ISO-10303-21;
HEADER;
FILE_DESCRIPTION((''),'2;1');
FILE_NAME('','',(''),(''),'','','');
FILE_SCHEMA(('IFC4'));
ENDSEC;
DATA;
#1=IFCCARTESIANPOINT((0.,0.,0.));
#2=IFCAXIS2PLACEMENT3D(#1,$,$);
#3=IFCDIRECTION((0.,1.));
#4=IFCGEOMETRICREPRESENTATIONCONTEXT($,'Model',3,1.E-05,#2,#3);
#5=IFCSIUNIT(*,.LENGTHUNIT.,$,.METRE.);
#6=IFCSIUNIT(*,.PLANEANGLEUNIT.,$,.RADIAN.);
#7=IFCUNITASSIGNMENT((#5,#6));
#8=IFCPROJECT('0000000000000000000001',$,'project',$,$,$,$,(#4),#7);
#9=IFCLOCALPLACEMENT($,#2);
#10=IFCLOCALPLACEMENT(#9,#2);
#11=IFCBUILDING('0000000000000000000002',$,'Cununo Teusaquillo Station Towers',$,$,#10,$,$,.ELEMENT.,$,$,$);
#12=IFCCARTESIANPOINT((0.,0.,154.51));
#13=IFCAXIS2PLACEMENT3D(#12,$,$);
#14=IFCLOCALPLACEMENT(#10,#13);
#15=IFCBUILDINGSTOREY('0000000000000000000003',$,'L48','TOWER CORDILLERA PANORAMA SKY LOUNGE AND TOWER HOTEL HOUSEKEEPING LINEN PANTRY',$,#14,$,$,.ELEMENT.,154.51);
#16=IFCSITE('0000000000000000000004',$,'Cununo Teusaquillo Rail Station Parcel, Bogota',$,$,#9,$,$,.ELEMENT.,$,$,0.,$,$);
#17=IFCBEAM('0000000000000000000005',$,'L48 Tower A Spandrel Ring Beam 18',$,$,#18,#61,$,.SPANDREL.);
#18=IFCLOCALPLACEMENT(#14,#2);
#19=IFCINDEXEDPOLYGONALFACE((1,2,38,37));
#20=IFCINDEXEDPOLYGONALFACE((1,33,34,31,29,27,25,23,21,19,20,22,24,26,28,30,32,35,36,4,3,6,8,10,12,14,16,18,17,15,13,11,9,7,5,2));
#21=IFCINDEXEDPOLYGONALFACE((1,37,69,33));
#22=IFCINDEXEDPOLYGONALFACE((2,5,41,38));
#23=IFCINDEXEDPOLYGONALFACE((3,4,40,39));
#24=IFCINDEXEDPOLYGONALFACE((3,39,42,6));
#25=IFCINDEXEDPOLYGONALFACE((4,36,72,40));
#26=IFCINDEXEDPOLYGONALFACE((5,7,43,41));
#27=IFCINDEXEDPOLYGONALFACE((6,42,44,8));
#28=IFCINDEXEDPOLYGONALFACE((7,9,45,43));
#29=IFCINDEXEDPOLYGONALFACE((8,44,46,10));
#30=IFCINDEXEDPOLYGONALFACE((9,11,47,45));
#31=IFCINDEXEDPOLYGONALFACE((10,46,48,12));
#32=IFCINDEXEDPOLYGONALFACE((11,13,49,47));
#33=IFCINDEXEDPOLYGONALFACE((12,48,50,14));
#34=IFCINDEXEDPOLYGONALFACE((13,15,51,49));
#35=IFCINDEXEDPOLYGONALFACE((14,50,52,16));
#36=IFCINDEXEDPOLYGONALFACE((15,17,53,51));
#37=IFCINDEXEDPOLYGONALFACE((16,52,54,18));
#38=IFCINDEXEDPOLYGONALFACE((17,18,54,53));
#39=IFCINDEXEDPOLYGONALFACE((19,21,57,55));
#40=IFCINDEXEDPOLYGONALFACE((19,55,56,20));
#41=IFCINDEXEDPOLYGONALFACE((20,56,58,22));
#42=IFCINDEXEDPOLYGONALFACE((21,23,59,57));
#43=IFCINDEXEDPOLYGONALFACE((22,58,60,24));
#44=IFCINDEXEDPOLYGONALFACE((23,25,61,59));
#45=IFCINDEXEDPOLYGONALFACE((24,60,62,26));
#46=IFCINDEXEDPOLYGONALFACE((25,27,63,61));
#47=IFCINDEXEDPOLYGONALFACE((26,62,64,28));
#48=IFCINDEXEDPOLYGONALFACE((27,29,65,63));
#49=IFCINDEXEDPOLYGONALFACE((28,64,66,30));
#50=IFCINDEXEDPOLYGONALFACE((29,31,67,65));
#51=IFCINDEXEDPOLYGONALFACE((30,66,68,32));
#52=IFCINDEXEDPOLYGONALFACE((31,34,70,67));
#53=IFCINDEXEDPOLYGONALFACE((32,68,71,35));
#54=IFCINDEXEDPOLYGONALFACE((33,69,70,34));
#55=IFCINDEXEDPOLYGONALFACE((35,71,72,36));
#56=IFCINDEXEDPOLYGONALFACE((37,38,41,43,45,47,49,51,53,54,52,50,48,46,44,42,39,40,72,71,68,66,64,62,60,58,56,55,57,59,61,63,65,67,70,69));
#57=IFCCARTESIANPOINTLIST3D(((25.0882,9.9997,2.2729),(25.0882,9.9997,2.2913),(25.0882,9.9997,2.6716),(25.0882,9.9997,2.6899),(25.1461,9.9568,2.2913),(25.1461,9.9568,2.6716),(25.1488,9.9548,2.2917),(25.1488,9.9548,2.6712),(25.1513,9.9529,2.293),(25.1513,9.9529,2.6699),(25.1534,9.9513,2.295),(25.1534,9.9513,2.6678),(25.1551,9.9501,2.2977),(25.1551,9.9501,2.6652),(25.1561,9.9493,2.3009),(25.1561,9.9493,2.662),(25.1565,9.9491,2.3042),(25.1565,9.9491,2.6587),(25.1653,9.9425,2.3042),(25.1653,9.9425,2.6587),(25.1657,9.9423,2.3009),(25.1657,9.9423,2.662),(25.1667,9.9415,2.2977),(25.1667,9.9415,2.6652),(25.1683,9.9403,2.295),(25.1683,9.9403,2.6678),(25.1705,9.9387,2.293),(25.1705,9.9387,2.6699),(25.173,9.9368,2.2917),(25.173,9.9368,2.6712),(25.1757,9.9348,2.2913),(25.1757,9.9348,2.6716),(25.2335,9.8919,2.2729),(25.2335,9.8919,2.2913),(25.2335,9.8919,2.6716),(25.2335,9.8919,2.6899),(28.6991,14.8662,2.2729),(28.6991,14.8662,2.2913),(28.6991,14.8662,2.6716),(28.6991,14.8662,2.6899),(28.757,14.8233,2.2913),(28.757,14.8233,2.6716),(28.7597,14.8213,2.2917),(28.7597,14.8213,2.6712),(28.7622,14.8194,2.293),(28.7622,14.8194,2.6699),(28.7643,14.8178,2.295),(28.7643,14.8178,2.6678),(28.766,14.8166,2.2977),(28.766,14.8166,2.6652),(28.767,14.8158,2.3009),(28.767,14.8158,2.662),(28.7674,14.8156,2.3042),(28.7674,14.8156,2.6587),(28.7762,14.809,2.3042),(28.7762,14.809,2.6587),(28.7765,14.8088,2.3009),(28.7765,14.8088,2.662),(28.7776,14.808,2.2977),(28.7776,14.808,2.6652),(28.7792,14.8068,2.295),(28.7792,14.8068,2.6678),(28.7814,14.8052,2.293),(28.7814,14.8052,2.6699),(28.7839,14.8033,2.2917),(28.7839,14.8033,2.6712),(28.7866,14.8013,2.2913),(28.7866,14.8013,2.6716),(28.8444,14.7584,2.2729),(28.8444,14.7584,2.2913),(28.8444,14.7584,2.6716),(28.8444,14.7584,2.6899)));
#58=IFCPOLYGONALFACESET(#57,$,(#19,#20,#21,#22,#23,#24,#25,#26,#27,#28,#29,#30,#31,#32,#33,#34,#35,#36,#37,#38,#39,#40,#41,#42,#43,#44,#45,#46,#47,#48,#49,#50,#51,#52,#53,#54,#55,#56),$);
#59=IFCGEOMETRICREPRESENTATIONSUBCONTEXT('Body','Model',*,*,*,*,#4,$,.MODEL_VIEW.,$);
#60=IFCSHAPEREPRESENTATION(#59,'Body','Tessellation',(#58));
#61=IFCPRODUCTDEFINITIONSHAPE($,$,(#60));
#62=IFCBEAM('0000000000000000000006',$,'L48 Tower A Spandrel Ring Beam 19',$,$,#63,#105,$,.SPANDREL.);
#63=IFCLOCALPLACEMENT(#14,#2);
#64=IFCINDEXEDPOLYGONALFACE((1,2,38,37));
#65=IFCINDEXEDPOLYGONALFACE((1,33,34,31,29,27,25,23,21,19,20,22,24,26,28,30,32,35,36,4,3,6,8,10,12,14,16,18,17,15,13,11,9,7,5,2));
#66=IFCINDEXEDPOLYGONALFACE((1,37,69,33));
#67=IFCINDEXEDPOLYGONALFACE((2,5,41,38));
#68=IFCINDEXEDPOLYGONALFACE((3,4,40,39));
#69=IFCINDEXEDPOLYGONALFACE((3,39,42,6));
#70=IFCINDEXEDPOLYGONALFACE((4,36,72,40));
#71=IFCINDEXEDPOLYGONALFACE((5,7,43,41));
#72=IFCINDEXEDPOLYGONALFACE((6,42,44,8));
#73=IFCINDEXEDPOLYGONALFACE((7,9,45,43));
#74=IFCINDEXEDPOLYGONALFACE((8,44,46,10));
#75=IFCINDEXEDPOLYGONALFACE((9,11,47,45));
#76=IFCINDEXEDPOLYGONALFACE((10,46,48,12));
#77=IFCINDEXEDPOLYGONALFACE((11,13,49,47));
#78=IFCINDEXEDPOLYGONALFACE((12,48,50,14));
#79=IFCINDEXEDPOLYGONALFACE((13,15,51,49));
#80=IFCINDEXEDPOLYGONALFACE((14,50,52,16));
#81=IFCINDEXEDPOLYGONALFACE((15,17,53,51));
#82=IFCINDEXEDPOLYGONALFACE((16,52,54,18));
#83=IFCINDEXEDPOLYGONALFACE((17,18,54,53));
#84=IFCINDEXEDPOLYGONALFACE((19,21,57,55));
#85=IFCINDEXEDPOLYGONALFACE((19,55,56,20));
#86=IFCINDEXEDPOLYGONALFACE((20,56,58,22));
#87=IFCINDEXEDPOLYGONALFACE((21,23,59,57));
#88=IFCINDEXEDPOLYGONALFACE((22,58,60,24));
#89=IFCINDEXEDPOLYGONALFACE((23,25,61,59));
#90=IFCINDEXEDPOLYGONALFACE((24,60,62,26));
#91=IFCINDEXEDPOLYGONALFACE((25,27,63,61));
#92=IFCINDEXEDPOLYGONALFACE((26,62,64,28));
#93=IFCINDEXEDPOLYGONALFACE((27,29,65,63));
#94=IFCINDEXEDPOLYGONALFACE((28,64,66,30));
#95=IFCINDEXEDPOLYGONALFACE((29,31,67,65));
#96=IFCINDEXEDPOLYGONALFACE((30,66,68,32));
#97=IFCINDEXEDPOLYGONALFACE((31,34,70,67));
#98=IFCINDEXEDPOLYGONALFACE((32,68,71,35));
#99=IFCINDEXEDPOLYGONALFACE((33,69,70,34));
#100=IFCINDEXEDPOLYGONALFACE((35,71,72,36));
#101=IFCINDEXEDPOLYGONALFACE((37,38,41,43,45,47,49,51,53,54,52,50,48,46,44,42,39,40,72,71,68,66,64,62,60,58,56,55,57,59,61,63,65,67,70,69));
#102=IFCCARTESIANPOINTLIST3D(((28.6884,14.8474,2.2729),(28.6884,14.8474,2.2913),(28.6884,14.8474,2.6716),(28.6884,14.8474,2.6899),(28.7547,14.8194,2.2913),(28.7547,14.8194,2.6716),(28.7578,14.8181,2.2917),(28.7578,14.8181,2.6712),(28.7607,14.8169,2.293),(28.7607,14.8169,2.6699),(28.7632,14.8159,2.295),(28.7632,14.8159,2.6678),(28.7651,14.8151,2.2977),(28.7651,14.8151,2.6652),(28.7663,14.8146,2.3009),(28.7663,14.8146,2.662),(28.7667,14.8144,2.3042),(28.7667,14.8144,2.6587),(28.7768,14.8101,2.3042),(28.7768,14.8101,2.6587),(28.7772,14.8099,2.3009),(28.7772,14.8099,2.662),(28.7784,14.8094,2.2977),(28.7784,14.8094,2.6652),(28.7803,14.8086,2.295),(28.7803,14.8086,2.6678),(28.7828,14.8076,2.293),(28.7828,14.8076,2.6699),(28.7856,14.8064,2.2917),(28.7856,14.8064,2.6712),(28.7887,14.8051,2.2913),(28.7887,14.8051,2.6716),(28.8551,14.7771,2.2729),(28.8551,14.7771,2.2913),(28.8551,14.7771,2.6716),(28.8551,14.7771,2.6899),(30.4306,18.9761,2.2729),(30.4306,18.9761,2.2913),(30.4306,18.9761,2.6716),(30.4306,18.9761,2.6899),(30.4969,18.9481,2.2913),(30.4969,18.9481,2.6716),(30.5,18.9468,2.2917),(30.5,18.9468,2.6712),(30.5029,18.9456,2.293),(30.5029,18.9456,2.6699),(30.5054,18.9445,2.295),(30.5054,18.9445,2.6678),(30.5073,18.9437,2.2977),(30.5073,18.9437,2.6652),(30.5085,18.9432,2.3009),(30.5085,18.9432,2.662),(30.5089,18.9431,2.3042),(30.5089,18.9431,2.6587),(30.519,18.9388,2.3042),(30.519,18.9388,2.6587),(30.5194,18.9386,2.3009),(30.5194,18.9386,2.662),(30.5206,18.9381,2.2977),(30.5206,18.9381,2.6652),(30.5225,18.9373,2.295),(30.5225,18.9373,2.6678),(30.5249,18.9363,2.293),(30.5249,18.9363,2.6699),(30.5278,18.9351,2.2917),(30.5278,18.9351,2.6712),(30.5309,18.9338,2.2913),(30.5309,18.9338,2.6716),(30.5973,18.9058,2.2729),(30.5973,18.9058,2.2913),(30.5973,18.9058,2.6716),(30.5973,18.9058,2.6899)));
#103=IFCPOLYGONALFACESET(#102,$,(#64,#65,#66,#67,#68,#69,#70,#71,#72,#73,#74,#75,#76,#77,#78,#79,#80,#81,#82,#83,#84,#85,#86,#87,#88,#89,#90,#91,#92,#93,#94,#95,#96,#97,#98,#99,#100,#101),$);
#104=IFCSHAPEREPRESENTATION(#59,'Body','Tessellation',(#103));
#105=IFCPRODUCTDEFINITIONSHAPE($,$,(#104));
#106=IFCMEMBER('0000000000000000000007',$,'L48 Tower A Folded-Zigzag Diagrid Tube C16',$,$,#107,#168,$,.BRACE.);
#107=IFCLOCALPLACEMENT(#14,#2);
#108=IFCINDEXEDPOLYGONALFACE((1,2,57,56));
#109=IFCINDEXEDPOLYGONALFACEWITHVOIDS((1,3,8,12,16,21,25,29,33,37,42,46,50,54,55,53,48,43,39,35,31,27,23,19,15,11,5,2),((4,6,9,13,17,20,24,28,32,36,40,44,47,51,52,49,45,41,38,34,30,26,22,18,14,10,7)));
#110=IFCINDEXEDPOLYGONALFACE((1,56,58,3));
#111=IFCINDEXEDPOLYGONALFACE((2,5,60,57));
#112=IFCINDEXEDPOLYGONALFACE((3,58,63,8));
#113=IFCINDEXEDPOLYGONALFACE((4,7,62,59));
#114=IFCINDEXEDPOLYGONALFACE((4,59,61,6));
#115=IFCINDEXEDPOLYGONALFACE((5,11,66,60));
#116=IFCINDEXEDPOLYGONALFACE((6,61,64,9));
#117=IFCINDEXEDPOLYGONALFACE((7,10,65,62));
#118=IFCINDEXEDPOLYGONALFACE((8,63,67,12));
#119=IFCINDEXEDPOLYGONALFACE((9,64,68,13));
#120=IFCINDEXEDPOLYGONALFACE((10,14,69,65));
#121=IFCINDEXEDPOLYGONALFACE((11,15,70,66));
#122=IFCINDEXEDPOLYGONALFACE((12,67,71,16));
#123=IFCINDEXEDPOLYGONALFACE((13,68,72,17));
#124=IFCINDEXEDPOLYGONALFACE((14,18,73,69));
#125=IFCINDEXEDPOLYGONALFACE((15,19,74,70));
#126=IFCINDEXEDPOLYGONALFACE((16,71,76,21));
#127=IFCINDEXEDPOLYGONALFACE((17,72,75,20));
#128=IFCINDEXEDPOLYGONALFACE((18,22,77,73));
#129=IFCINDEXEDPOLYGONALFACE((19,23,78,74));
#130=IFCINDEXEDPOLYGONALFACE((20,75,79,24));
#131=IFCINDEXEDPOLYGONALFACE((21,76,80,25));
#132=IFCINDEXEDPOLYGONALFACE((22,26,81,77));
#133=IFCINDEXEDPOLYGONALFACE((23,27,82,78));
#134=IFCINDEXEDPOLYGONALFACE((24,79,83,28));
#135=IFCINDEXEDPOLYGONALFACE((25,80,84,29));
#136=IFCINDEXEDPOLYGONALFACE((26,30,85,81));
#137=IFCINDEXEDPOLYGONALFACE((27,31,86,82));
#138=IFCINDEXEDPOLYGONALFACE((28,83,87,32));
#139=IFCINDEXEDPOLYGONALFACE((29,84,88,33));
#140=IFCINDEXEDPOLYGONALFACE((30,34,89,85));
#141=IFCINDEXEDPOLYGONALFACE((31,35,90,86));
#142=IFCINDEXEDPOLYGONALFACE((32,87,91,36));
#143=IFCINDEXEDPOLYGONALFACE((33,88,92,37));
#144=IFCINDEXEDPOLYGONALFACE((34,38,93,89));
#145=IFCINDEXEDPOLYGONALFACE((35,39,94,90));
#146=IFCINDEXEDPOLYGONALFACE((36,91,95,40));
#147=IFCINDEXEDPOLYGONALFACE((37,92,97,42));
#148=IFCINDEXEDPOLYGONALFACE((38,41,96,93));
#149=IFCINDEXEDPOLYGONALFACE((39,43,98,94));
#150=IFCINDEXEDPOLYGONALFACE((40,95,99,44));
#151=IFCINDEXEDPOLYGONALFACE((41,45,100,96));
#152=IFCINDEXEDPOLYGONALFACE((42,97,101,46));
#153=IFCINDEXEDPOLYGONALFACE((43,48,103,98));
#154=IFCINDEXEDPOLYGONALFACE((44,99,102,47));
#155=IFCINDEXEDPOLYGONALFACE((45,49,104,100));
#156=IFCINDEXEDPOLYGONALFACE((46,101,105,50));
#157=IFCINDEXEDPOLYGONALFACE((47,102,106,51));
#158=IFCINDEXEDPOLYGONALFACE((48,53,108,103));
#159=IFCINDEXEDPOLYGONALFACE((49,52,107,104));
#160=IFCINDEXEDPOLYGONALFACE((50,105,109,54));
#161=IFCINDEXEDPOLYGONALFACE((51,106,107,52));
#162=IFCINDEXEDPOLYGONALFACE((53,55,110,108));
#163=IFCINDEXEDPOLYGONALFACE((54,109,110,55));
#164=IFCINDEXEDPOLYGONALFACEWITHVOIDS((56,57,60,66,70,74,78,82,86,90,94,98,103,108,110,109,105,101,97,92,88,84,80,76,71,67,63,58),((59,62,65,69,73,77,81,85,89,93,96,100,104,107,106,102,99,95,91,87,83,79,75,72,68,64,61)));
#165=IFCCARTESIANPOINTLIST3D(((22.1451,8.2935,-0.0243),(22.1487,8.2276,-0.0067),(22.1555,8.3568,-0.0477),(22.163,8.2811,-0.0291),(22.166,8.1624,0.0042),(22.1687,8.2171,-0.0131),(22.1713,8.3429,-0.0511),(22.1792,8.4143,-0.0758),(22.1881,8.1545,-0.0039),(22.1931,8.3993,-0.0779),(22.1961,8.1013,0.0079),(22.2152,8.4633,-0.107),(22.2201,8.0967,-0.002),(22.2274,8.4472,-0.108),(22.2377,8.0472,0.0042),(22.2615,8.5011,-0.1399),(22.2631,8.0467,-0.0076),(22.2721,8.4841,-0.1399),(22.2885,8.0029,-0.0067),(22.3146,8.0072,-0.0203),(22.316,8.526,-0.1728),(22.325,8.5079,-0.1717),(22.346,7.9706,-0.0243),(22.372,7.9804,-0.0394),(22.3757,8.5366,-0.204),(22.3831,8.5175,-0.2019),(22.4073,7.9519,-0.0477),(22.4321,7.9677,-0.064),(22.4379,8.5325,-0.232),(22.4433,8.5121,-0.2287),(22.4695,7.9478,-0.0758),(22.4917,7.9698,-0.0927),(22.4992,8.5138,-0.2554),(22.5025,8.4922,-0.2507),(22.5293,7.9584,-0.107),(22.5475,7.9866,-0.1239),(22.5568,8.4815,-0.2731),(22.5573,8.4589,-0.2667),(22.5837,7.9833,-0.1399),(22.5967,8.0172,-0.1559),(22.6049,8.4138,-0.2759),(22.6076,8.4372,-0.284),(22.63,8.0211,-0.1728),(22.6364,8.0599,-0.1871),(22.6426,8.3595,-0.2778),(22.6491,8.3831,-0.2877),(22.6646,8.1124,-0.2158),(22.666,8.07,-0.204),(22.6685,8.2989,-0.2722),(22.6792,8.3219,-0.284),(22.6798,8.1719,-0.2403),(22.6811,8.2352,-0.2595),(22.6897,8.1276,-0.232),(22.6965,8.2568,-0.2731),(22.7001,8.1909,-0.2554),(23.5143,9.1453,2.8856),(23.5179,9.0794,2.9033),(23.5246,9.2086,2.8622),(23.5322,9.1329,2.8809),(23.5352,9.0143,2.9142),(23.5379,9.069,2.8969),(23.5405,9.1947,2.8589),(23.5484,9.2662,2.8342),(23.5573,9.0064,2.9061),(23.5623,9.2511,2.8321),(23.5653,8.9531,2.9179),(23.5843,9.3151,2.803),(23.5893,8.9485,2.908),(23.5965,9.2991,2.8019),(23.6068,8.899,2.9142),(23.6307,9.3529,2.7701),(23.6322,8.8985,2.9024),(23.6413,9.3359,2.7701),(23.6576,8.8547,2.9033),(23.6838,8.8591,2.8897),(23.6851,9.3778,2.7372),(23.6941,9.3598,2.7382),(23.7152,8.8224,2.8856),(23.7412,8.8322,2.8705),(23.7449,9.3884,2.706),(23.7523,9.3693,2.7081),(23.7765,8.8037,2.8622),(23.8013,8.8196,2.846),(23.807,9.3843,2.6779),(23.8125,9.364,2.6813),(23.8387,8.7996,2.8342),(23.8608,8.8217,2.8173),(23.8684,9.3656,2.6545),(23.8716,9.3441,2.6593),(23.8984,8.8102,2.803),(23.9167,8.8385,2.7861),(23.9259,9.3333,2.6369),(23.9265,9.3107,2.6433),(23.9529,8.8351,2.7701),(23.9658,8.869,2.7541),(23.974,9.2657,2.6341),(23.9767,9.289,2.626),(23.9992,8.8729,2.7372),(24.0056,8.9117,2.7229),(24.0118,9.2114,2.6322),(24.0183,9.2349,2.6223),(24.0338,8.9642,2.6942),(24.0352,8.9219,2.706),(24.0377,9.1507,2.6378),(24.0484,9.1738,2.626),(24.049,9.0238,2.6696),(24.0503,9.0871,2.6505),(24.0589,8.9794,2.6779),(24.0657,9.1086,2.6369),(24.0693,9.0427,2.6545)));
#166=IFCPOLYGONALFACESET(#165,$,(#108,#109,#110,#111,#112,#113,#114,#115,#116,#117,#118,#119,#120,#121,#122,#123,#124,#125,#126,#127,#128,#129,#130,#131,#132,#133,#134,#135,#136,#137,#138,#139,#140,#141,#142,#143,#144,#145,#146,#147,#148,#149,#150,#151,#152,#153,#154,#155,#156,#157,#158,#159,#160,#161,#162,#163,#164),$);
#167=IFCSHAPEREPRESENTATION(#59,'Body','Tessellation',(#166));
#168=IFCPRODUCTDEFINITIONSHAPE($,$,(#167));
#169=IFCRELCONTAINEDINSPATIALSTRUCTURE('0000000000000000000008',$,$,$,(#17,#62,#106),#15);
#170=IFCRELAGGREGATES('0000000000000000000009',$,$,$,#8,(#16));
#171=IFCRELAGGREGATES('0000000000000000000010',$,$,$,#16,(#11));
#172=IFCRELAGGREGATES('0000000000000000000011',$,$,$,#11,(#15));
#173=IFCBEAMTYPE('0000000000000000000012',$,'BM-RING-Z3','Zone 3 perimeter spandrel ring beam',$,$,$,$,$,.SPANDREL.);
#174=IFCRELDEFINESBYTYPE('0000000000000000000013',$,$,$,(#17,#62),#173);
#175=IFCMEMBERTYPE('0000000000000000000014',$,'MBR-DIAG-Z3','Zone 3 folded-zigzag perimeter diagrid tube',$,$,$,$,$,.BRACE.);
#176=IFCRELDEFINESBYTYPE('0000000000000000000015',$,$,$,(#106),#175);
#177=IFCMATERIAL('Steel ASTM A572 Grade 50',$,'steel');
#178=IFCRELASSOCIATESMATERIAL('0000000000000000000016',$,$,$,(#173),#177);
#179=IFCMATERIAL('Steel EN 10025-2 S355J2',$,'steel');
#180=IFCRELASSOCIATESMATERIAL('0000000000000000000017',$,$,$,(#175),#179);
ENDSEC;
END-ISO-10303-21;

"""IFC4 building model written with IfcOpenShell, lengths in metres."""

from ifc_helpers import new_model, si_unit, direction, frame, origin, origin_2d, place, context, subcontext, project, spatial, hollow_circle, i_section, extrude, material, material_profile, profile_set, type_object, element, save


model = new_model("IFC4")

# Units and contexts
model_context = context("Model", 3, precision=1e-05, world=origin(), true_north=direction((0.0, 1.0)))
body_context = subcontext(model_context, "Body", "Model", "MODEL_VIEW")
ifc_project = project(units=[si_unit("LENGTHUNIT", "METRE"), si_unit("PLANEANGLEUNIT", "RADIAN")], contexts=[model_context])

# Site, building, storey
site_placement = place(None, origin())
site = spatial("IfcSite", under=ifc_project, at=site_placement, Name="Cununo Teusaquillo Rail Station Parcel, Bogota", CompositionType="ELEMENT", RefElevation=0.0)
building_placement = place(site_placement, origin())
building = spatial("IfcBuilding", under=site, at=building_placement, Name="Cununo Teusaquillo Station Towers", CompositionType="ELEMENT")
storey_placement = place(building_placement, frame((0.0, 0.0, 154.51)))
storey = spatial("IfcBuildingStorey", under=building, at=storey_placement, Name="L48", Description="TOWER CORDILLERA PANORAMA SKY LOUNGE AND TOWER HOTEL HOUSEKEEPING LINEN PANTRY", CompositionType="ELEMENT", Elevation=154.51)

# Beams
ifc_material_1 = material(Name="Steel ASTM A572 Grade 50", Category="steel")
ifc_material_profile_1 = material_profile(ifc_material_1, i_section(OverallWidth=0.1809, OverallDepth=0.417, WebThickness=0.011, FlangeThickness=0.0183, FilletRadius=0.0129, at=origin_2d()), Name="W16X57")
ifc_profile_set_1 = profile_set([ifc_material_profile_1], Name="Steel ASTM A572 Grade 50")
beam_type_1 = type_object("IfcBeamType", Name="BM-RING-Z3", Description="Zone 3 perimeter spandrel ring beam", PredefinedType="SPANDREL", material=ifc_profile_set_1)
beam_1_placement = place(storey_placement, frame((25.1609, 9.9458, 2.4814), z_axis=(0.595873, 0.803079, 0.0), x_axis=(-0.803079, 0.595873, 0.0)))
element("IfcBeam", 1, at=beam_1_placement, inside=storey, type_object=beam_type_1, Name="L48 Tower A Spandrel Ring Beam 18", PredefinedType="SPANDREL", context=body_context, shape_type="SweptSolid", body=[
    extrude(i_section(OverallWidth=0.1809, OverallDepth=0.417, WebThickness=0.011, FlangeThickness=0.0183, FilletRadius=0.0129, at=origin_2d()), origin(), (0.0, 0.0, 1.0), 6.0598),
])
beam_2_placement = place(storey_placement, frame((28.7717, 14.8123, 2.4814), z_axis=(0.388778, 0.921332, 0.0), x_axis=(-0.921332, 0.388778, 0.0)))
element("IfcBeam", 2, at=beam_2_placement, inside=storey, type_object=beam_type_1, Name="L48 Tower A Spandrel Ring Beam 19", PredefinedType="SPANDREL", context=body_context, shape_type="SweptSolid", body=[
    extrude(i_section(OverallWidth=0.1809, OverallDepth=0.417, WebThickness=0.011, FlangeThickness=0.0183, FilletRadius=0.0129, at=origin_2d()), origin(), (0.0, 0.0, 1.0), 4.4812),
])

# Member
ifc_material_2 = material(Name="Steel EN 10025-2 S355J2", Category="steel")
ifc_material_profile_2 = material_profile(ifc_material_2, hollow_circle(Radius=0.3049, WallThickness=0.02, at=origin_2d()), Name="CHS 610x20")
ifc_profile_set_2 = profile_set([ifc_material_profile_2], Name="Steel EN 10025-2 S355J2")
member_type = type_object("IfcMemberType", Name="MBR-DIAG-Z3", Description="Zone 3 folded-zigzag perimeter diagrid tube", PredefinedType="BRACE", material=ifc_profile_set_2)
member_1_placement = place(storey_placement, frame((22.4226, 8.2422, -0.1399), z_axis=(0.411547, 0.256043, 0.874684), x_axis=(-0.528256, 0.849085, 0.0)))
element("IfcMember", 3, at=member_1_placement, inside=storey, type_object=member_type, Name="L48 Tower A Folded-Zigzag Diagrid Tube C16", PredefinedType="BRACE", context=body_context, shape_type="SweptSolid", body=[
    extrude(hollow_circle(Radius=0.3049, WallThickness=0.02, at=origin_2d()), origin(), (0.0, 0.0, 1.0), 3.3269),
])

save(model, "model.ifc")
